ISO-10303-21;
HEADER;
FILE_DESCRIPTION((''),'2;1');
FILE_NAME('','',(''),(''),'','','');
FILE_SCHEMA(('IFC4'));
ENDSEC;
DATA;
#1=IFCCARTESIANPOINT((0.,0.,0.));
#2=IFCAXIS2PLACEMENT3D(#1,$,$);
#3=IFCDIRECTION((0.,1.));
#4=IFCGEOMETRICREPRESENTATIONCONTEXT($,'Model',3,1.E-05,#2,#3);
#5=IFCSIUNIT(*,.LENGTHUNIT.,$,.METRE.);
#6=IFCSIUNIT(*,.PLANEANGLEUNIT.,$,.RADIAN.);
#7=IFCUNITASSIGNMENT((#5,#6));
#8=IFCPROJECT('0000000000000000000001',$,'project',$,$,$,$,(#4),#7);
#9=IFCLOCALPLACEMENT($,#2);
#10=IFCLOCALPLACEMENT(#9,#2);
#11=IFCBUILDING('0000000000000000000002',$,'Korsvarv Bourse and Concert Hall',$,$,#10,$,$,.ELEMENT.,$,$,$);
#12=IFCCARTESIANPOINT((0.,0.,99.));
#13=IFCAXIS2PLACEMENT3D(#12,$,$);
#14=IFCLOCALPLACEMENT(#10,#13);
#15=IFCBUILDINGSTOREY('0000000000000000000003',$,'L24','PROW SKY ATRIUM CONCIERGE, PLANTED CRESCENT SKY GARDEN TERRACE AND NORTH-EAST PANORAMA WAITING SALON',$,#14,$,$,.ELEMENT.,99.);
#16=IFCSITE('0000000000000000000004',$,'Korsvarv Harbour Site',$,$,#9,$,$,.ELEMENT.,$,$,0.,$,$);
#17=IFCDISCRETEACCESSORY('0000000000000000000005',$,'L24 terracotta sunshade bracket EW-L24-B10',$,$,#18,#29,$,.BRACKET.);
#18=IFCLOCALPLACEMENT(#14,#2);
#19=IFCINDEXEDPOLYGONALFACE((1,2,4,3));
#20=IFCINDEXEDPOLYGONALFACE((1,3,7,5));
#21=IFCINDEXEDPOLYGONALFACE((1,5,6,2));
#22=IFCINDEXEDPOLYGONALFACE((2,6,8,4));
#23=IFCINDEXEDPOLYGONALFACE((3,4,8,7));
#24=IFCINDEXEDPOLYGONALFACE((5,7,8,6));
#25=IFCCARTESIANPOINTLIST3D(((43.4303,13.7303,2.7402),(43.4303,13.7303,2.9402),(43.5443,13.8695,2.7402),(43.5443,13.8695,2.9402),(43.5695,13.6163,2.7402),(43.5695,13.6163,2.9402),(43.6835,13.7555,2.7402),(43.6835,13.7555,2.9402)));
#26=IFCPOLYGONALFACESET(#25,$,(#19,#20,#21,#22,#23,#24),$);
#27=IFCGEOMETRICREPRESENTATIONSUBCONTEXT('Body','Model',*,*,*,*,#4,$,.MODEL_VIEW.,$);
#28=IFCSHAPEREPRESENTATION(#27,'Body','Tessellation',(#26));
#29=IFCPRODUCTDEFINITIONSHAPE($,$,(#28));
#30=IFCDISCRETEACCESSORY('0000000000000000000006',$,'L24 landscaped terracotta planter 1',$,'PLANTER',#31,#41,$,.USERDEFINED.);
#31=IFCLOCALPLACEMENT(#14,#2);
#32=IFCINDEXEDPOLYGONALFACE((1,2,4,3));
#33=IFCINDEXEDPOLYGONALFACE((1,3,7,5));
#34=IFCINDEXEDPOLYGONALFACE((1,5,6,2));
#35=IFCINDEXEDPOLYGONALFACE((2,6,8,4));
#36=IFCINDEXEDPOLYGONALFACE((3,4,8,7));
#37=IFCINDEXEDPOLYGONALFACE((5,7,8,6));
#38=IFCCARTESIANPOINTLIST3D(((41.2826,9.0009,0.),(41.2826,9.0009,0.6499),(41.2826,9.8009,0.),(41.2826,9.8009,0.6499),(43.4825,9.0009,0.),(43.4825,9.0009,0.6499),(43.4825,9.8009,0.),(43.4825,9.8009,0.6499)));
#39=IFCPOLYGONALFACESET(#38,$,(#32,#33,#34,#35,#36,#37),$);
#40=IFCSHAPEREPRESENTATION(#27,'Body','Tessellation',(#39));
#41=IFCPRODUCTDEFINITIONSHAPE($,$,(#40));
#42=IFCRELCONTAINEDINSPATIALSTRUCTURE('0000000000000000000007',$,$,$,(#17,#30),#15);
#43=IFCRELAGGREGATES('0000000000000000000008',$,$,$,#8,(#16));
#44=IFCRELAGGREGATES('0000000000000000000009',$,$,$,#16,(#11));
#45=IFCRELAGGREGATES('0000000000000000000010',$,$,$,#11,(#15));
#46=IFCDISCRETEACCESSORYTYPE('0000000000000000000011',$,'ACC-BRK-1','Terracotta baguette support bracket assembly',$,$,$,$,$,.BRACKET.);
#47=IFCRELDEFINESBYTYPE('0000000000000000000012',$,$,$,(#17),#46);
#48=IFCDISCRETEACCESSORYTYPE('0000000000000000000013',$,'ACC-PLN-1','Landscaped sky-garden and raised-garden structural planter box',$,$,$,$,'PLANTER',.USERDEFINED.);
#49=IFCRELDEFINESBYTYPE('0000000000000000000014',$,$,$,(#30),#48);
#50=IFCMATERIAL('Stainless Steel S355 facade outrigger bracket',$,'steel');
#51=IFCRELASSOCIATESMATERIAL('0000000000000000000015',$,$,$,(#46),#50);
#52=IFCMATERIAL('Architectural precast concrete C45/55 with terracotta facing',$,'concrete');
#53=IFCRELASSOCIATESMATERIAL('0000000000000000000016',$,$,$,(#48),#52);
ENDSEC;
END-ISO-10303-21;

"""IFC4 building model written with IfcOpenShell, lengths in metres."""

from ifc_helpers import new_model, si_unit, direction, frame, origin, origin_2d, place, context, subcontext, project, spatial, rectangle, extrude, source, transform, mapped, material, type_object, element, save


model = new_model("IFC4")

# Units and contexts
model_context = context("Model", 3, precision=1e-05, world=origin(), true_north=direction((0.0, 1.0)))
body_context = subcontext(model_context, "Body", "Model", "MODEL_VIEW")
ifc_project = project(units=[si_unit("LENGTHUNIT", "METRE"), si_unit("PLANEANGLEUNIT", "RADIAN")], contexts=[model_context])

# Site, building, storey
site_placement = place(None, origin())
site = spatial("IfcSite", under=ifc_project, at=site_placement, Name="Korsvarv Harbour Site", CompositionType="ELEMENT", RefElevation=0.0)
building_placement = place(site_placement, origin())
building = spatial("IfcBuilding", under=site, at=building_placement, Name="Korsvarv Bourse and Concert Hall", CompositionType="ELEMENT")
storey_placement = place(building_placement, frame((0.0, 0.0, 99.0)))
storey = spatial("IfcBuildingStorey", under=building, at=storey_placement, Name="L24", Description="PROW SKY ATRIUM CONCIERGE, PLANTED CRESCENT SKY GARDEN TERRACE AND NORTH-EAST PANORAMA WAITING SALON", CompositionType="ELEMENT", Elevation=99.0)

# Discrete accessories
ifc_material_1 = material(Name="Stainless Steel S355 facade outrigger bracket", Category="steel")
discrete_accessory_type_1 = type_object("IfcDiscreteAccessoryType", Name="ACC-BRK-1", Description="Terracotta baguette support bracket assembly", PredefinedType="BRACKET", material=ifc_material_1)
shared_shape_1 = source(origin(), body_context, "Body", "SweptSolid", [
    extrude(rectangle(XDim=0.1799, YDim=0.1799, at=origin_2d()), origin(), (0.0, 0.0, 1.0), 0.2),
])
discrete_accessory_1_placement = place(storey_placement, frame((43.5569, 13.7429, 2.7402), z_axis=(0.0, 0.0, 1.0), x_axis=(0.633786, 0.773508, 0.0)))
element("IfcDiscreteAccessory", 1, at=discrete_accessory_1_placement, inside=storey, type_object=discrete_accessory_type_1, Name="L24 terracotta sunshade bracket EW-L24-B10", PredefinedType="BRACKET", context=body_context, shape_type="MappedRepresentation", body=[
    mapped(shared_shape_1, transform((0.0, 0.0, 0.0), scale=1.0)),
])
ifc_material_2 = material(Name="Architectural precast concrete C45/55 with terracotta facing", Category="concrete")
discrete_accessory_type_2 = type_object("IfcDiscreteAccessoryType", Name="ACC-PLN-1", Description="Landscaped sky-garden and raised-garden structural planter box", ElementType="PLANTER", PredefinedType="USERDEFINED", material=ifc_material_2)
shared_shape_2 = source(origin(), body_context, "Body", "SweptSolid", [
    extrude(rectangle(XDim=2.2, YDim=0.8, at=origin_2d()), origin(), (0.0, 0.0, 1.0), 0.6499),
])
discrete_accessory_2_placement = place(storey_placement, frame((42.3826, 9.4009, 0.0), z_axis=(0.0, 0.0, 1.0), x_axis=(1.0, 0.0, 0.0)))
element("IfcDiscreteAccessory", 2, at=discrete_accessory_2_placement, inside=storey, type_object=discrete_accessory_type_2, Name="L24 landscaped terracotta planter 1", ObjectType="PLANTER", PredefinedType="USERDEFINED", context=body_context, shape_type="MappedRepresentation", body=[
    mapped(shared_shape_2, transform((0.0, 0.0, 0.0), scale=1.0)),
])

save(model, "model.ifc")
